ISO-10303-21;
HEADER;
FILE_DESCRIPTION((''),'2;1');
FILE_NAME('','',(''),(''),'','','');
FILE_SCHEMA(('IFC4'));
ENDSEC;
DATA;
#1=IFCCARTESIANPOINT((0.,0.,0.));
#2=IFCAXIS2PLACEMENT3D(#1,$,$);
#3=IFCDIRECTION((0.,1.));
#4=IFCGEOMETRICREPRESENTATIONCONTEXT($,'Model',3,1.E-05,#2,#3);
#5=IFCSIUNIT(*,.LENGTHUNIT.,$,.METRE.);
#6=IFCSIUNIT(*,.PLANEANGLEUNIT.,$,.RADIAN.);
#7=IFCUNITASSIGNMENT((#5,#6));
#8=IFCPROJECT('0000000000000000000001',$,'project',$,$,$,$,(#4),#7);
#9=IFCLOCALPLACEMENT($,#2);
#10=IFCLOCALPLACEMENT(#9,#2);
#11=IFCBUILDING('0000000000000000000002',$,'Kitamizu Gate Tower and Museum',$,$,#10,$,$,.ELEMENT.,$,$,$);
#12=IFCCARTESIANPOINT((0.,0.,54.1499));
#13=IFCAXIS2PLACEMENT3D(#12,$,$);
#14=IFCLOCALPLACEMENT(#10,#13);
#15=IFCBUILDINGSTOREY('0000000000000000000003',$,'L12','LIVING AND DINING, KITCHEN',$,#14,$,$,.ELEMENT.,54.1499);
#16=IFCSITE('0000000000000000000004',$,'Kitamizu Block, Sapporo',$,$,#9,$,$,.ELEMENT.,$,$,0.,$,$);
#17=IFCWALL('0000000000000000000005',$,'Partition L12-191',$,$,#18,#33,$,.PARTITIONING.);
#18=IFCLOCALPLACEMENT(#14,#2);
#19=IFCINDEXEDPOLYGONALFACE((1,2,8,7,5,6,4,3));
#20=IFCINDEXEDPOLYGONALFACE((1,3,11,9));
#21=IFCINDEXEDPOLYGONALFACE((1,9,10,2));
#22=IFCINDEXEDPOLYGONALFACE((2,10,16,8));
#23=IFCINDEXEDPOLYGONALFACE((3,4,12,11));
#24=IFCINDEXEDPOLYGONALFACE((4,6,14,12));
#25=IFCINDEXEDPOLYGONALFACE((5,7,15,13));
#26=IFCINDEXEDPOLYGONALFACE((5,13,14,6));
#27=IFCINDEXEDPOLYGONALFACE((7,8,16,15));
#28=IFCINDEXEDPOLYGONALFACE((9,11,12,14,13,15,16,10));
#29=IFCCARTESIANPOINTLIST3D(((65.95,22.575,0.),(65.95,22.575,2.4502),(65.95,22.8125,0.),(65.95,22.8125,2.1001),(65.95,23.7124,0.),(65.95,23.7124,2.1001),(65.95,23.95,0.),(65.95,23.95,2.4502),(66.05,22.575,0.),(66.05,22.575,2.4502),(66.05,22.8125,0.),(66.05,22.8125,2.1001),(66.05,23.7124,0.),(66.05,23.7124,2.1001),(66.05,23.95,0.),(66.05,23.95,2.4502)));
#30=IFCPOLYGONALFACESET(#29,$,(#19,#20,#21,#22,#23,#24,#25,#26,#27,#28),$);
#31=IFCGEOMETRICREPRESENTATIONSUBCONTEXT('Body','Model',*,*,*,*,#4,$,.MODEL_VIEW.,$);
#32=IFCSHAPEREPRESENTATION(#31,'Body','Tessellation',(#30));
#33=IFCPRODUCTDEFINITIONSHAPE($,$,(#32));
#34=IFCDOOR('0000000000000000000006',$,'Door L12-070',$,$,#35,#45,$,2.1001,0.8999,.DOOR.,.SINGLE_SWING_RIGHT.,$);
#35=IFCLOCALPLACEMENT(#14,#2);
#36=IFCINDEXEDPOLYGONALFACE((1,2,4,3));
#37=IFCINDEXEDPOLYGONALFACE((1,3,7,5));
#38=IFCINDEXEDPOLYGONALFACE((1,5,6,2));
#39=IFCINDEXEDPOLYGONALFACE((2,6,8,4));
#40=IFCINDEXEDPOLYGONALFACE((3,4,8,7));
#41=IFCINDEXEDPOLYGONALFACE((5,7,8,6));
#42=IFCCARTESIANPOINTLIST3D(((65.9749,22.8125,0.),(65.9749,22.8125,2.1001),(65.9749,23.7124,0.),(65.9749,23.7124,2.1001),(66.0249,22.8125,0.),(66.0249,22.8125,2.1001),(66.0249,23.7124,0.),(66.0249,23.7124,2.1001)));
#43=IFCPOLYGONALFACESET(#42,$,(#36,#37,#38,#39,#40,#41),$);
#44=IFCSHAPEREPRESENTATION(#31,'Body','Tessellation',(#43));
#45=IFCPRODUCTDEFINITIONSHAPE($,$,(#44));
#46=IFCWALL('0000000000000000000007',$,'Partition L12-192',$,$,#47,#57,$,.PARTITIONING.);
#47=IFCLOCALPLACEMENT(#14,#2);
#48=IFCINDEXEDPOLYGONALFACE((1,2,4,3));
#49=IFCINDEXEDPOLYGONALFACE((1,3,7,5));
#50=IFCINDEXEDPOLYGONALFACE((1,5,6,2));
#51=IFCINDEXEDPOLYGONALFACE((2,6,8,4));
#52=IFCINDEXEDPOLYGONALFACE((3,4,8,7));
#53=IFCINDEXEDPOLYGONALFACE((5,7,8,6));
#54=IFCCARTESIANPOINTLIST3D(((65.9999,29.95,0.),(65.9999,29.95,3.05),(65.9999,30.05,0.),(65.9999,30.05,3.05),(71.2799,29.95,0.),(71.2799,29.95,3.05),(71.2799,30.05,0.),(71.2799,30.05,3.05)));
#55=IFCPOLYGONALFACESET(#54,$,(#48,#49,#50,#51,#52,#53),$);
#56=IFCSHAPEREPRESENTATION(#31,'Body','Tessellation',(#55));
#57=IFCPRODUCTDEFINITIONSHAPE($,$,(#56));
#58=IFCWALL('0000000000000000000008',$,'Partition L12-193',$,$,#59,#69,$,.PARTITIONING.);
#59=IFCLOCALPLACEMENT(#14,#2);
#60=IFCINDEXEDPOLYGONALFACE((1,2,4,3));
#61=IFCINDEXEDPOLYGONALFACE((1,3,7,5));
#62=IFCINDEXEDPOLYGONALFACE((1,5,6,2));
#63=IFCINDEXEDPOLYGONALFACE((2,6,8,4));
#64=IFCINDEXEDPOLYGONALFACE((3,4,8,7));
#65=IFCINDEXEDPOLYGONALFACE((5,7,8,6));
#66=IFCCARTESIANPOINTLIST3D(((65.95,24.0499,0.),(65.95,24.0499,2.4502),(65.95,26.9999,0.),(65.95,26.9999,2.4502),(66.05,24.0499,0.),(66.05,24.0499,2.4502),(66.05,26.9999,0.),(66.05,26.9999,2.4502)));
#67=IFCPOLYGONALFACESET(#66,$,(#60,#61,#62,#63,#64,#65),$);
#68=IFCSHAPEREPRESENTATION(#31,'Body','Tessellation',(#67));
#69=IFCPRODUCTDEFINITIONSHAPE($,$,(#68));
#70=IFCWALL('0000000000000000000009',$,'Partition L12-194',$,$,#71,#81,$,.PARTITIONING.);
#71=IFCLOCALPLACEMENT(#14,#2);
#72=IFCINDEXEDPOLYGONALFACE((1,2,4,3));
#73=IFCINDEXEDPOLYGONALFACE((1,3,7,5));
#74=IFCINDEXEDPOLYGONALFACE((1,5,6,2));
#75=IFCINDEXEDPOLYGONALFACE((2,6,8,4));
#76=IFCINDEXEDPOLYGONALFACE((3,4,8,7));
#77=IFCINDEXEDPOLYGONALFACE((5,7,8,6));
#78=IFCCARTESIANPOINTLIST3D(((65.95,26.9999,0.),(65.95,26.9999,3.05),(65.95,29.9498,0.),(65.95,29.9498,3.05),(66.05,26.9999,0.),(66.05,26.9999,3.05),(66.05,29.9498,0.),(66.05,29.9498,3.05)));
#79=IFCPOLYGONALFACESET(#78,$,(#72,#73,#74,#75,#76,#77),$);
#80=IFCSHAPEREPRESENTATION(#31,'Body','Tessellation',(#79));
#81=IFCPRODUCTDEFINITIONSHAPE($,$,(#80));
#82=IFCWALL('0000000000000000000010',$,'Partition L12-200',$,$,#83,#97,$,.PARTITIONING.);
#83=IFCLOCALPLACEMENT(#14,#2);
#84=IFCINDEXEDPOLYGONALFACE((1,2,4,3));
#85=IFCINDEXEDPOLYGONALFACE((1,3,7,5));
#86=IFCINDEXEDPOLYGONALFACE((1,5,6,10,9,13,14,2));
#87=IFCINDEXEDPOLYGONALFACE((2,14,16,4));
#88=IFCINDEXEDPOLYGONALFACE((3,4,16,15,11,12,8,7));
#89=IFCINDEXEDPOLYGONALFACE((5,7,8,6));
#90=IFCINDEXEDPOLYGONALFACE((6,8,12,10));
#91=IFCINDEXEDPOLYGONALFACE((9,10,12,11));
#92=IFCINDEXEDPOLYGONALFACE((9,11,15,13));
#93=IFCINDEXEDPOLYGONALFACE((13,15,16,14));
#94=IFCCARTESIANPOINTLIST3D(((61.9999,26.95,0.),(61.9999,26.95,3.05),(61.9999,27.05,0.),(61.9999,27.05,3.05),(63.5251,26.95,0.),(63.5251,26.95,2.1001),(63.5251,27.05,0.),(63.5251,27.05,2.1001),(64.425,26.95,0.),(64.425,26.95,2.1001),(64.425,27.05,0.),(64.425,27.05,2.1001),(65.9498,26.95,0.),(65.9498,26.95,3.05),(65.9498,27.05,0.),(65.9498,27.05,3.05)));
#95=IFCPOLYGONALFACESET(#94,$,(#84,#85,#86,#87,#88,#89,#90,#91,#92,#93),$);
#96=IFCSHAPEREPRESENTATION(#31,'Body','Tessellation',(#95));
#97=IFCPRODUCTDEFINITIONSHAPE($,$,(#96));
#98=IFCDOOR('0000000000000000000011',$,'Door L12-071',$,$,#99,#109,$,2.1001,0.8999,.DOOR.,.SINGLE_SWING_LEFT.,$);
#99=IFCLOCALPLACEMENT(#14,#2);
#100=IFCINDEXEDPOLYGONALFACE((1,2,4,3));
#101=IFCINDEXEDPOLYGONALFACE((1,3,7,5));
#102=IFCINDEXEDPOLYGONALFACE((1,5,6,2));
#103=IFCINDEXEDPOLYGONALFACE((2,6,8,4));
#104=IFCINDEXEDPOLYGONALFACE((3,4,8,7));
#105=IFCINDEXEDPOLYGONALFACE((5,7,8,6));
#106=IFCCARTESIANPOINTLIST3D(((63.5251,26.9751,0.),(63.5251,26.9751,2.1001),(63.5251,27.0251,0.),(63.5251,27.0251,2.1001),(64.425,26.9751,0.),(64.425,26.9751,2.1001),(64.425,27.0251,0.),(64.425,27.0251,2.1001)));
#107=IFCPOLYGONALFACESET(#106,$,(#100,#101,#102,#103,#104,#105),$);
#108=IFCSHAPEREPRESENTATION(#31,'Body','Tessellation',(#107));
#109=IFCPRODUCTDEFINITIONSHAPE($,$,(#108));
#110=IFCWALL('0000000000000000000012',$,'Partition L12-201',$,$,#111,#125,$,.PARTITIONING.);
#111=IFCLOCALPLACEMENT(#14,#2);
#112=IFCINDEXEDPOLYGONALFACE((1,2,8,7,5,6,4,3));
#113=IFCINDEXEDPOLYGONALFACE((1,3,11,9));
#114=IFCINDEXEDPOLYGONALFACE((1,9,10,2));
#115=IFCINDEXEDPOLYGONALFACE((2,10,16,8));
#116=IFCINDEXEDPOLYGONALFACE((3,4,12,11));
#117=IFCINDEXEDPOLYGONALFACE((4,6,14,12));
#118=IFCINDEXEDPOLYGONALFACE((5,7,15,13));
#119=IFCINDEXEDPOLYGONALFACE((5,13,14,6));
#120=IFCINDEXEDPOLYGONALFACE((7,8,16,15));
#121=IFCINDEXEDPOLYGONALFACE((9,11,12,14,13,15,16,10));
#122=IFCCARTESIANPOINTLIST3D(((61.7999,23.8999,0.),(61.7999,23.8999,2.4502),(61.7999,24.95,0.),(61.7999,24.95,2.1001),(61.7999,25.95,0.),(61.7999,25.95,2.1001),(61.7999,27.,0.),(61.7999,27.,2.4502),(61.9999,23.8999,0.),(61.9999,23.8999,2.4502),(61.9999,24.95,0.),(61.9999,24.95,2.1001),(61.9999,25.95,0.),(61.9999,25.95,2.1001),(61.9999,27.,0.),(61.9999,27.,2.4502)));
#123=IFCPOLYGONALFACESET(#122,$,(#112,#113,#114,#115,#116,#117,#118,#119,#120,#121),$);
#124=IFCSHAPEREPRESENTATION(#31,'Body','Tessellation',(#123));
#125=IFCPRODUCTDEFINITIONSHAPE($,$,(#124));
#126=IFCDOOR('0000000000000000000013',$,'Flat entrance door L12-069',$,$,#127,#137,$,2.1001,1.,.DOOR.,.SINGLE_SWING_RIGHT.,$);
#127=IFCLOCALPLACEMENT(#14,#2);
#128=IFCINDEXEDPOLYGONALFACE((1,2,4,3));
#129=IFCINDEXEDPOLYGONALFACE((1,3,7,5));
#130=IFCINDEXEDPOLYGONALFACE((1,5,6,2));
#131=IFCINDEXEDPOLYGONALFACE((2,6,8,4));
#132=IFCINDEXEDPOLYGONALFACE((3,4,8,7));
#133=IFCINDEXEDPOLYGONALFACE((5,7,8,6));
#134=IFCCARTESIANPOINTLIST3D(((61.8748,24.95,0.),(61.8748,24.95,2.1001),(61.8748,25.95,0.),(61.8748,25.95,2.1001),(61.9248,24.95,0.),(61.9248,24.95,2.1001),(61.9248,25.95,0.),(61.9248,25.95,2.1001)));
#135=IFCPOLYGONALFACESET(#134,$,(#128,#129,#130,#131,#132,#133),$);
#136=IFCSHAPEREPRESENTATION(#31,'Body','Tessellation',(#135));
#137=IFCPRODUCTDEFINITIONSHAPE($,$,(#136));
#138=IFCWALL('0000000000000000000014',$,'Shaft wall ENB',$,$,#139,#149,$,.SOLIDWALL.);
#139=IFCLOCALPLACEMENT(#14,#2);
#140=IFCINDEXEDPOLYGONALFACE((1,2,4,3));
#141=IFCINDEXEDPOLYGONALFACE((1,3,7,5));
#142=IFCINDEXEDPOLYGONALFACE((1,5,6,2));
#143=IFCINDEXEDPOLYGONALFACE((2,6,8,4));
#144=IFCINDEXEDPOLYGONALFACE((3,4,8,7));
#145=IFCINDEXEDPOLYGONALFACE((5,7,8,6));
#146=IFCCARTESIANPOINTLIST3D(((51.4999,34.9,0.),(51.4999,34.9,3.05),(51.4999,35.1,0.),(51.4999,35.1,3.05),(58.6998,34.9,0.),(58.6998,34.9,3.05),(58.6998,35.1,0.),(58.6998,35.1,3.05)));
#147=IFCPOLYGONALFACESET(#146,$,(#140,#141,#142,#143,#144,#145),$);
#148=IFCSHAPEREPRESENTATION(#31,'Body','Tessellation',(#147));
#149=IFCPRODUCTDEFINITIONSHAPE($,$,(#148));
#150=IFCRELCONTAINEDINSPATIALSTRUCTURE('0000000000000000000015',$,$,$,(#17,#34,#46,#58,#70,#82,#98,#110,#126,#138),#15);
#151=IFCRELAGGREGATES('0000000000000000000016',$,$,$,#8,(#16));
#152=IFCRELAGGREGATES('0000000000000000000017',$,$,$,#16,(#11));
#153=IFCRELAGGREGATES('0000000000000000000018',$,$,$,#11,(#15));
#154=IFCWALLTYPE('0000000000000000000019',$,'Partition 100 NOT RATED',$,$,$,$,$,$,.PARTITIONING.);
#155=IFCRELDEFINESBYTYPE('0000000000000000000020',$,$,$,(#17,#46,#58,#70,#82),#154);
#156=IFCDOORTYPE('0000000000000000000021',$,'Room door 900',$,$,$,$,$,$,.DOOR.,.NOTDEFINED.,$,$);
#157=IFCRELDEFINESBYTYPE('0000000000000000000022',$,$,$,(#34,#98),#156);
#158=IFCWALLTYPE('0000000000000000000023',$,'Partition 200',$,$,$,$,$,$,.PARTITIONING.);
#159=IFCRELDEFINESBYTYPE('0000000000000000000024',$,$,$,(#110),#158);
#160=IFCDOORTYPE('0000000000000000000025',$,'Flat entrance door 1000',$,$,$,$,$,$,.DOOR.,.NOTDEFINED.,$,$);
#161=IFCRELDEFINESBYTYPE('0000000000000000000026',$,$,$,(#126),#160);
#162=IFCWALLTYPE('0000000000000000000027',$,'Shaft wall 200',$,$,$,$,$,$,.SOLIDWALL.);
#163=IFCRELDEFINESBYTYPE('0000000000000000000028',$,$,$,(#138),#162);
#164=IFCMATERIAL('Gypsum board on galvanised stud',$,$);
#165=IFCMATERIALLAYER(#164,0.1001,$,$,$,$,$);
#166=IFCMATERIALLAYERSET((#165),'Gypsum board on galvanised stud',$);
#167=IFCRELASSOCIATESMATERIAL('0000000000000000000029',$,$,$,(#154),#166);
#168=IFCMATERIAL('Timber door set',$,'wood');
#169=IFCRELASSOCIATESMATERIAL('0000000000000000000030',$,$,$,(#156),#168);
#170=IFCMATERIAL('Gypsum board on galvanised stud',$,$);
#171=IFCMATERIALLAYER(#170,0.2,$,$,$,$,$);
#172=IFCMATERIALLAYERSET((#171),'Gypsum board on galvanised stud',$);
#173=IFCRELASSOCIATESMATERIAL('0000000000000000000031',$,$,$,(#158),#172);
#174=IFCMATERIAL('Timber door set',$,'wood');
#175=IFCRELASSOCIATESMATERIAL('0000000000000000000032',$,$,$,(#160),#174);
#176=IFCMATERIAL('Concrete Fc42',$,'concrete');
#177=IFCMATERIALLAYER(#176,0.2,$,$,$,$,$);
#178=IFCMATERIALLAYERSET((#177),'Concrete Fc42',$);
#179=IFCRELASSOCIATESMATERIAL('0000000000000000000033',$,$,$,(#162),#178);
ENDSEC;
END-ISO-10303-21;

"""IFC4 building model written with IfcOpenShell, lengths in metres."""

from ifc_helpers import new_model, si_unit, direction, frame, frame_2d, origin, place, context, subcontext, project, spatial, rectangle, extrude, material, layer, layer_set, type_object, element, fill, save


model = new_model("IFC4")

# Units and contexts
model_context = context("Model", 3, precision=1e-05, world=origin(), true_north=direction((0.0, 1.0)))
body_context = subcontext(model_context, "Body", "Model", "MODEL_VIEW")
ifc_project = project(units=[si_unit("LENGTHUNIT", "METRE"), si_unit("PLANEANGLEUNIT", "RADIAN")], contexts=[model_context])

# Site, building, storey
site_placement = place(None, origin())
site = spatial("IfcSite", under=ifc_project, at=site_placement, Name="Kitamizu Block, Sapporo", CompositionType="ELEMENT", RefElevation=0.0)
building_placement = place(site_placement, origin())
building = spatial("IfcBuilding", under=site, at=building_placement, Name="Kitamizu Gate Tower and Museum", CompositionType="ELEMENT")
storey_placement = place(building_placement, frame((0.0, 0.0, 54.1499)))
storey = spatial("IfcBuildingStorey", under=building, at=storey_placement, Name="L12", Description="LIVING AND DINING, KITCHEN", CompositionType="ELEMENT", Elevation=54.1499)

# Wall, opening, door
ifc_material_1 = material(Name="Gypsum board on galvanised stud")
ifc_layer_1 = layer(ifc_material_1, 0.1001)
ifc_layer_set_1 = layer_set([ifc_layer_1], Name="Gypsum board on galvanised stud")
wall_type_1 = type_object("IfcWallType", Name="Partition 100 NOT RATED", PredefinedType="PARTITIONING", material=ifc_layer_set_1)
ifc_material_2 = material(Name="Timber door set", Category="wood")
door_type_1 = type_object("IfcDoorType", Name="Room door 900", OperationType="NOTDEFINED", PredefinedType="DOOR", material=ifc_material_2)
wall_1_placement = place(storey_placement, frame((66.0, 23.95, 0.0), z_axis=(0.0, 0.0, 1.0), x_axis=(0.0, -1.0, 0.0)))
wall_1 = element("IfcWall", 1, at=wall_1_placement, inside=storey, type_object=wall_type_1, Name="Partition L12-191", PredefinedType="PARTITIONING", context=body_context, shape_type="SweptSolid", body=[
    extrude(rectangle(XDim=1.375, YDim=0.1001, at=frame_2d((0.6875, 0.0))), origin(), (0.0, 0.0, 1.0), 2.4502),
])
opening_1_placement = place(wall_1_placement, frame((0.2375, 0.0, 0.0)))
opening_1 = element("IfcOpeningElement", 2, at=opening_1_placement, cuts=wall_1, PredefinedType="OPENING", context=body_context, shape_type="SweptSolid", body=[
    extrude(rectangle(XDim=0.8999, YDim=2.1001, at=frame_2d((0.45, 1.05))), frame((0.0, 0.0601, 0.0), z_axis=(0.0, -1.0, 0.0), x_axis=(1.0, 0.0, 0.0)), (0.0, 0.0, 1.0), 0.1201),
])
door_1_placement = place(opening_1_placement, origin())
door_1 = element("IfcDoor", 3, at=door_1_placement, inside=storey, type_object=door_type_1, Name="Door L12-070", OperationType="SINGLE_SWING_RIGHT", OverallHeight=2.1001, OverallWidth=0.8999, PredefinedType="DOOR", context=body_context, shape_type="SweptSolid", body=[
    extrude(rectangle(XDim=0.8999, YDim=2.1001, at=frame_2d((0.45, 1.05))), frame((0.0, 0.0249, 0.0), z_axis=(0.0, -1.0, 0.0), x_axis=(1.0, 0.0, 0.0)), (0.0, 0.0, 1.0), 0.05),
])
fill(opening_1, door_1)

# Walls
wall_2_placement = place(storey_placement, frame((71.28, 30.0, 0.0), z_axis=(0.0, 0.0, 1.0), x_axis=(-1.0, 0.0, 0.0)))
element("IfcWall", 4, at=wall_2_placement, inside=storey, type_object=wall_type_1, Name="Partition L12-192", PredefinedType="PARTITIONING", context=body_context, shape_type="SweptSolid", body=[
    extrude(rectangle(XDim=5.28, YDim=0.1001, at=frame_2d((2.6401, 0.0))), origin(), (0.0, 0.0, 1.0), 3.05),
])
wall_3_placement = place(storey_placement, frame((66.0, 27.0, 0.0), z_axis=(0.0, 0.0, 1.0), x_axis=(0.0, -1.0, 0.0)))
element("IfcWall", 5, at=wall_3_placement, inside=storey, type_object=wall_type_1, Name="Partition L12-193", PredefinedType="PARTITIONING", context=body_context, shape_type="SweptSolid", body=[
    extrude(rectangle(XDim=2.95, YDim=0.1001, at=frame_2d((1.4751, 0.0))), origin(), (0.0, 0.0, 1.0), 2.4502),
])
wall_4_placement = place(storey_placement, frame((66.0, 29.95, 0.0), z_axis=(0.0, 0.0, 1.0), x_axis=(0.0, -1.0, 0.0)))
element("IfcWall", 6, at=wall_4_placement, inside=storey, type_object=wall_type_1, Name="Partition L12-194", PredefinedType="PARTITIONING", context=body_context, shape_type="SweptSolid", body=[
    extrude(rectangle(XDim=2.95, YDim=0.1001, at=frame_2d((1.4751, 0.0))), origin(), (0.0, 0.0, 1.0), 3.05),
])

# Walls, openings, doors
wall_5_placement = place(storey_placement, frame((65.95, 27.0, 0.0), z_axis=(0.0, 0.0, 1.0), x_axis=(-1.0, 0.0, 0.0)))
wall_5 = element("IfcWall", 7, at=wall_5_placement, inside=storey, type_object=wall_type_1, Name="Partition L12-200", PredefinedType="PARTITIONING", context=body_context, shape_type="SweptSolid", body=[
    extrude(rectangle(XDim=3.95, YDim=0.1001, at=frame_2d((1.9751, 0.0))), origin(), (0.0, 0.0, 1.0), 3.05),
])
opening_2_placement = place(wall_5_placement, frame((1.5249, 0.0, 0.0)))
opening_2 = element("IfcOpeningElement", 8, at=opening_2_placement, cuts=wall_5, PredefinedType="OPENING", context=body_context, shape_type="SweptSolid", body=[
    extrude(rectangle(XDim=0.8999, YDim=2.1001, at=frame_2d((0.45, 1.05))), frame((0.0, 0.0601, 0.0), z_axis=(0.0, -1.0, 0.0), x_axis=(1.0, 0.0, 0.0)), (0.0, 0.0, 1.0), 0.1201),
])
door_2_placement = place(opening_2_placement, origin())
door_2 = element("IfcDoor", 9, at=door_2_placement, inside=storey, type_object=door_type_1, Name="Door L12-071", OperationType="SINGLE_SWING_LEFT", OverallHeight=2.1001, OverallWidth=0.8999, PredefinedType="DOOR", context=body_context, shape_type="SweptSolid", body=[
    extrude(rectangle(XDim=0.8999, YDim=2.1001, at=frame_2d((0.45, 1.05))), frame((0.0, 0.0249, 0.0), z_axis=(0.0, -1.0, 0.0), x_axis=(1.0, 0.0, 0.0)), (0.0, 0.0, 1.0), 0.05),
])
fill(opening_2, door_2)
ifc_material_3 = material(Name="Gypsum board on galvanised stud")
ifc_layer_2 = layer(ifc_material_3, 0.2)
ifc_layer_set_2 = layer_set([ifc_layer_2], Name="Gypsum board on galvanised stud")
wall_type_2 = type_object("IfcWallType", Name="Partition 200", PredefinedType="PARTITIONING", material=ifc_layer_set_2)
wall_6_placement = place(storey_placement, frame((61.8999, 27.0, 0.0), z_axis=(0.0, 0.0, 1.0), x_axis=(0.0, -1.0, 0.0)))
wall_6 = element("IfcWall", 10, at=wall_6_placement, inside=storey, type_object=wall_type_2, Name="Partition L12-201", PredefinedType="PARTITIONING", context=body_context, shape_type="SweptSolid", body=[
    extrude(rectangle(XDim=3.1001, YDim=0.2, at=frame_2d((1.55, 0.0))), origin(), (0.0, 0.0, 1.0), 2.4502),
])
opening_3_placement = place(wall_6_placement, frame((1.05, 0.0, 0.0)))
opening_3 = element("IfcOpeningElement", 11, at=opening_3_placement, cuts=wall_6, PredefinedType="OPENING", context=body_context, shape_type="SweptSolid", body=[
    extrude(rectangle(XDim=1.0, YDim=2.1001, at=frame_2d((0.5, 1.05))), frame((0.0, 0.1099, 0.0), z_axis=(0.0, -1.0, 0.0), x_axis=(1.0, 0.0, 0.0)), (0.0, 0.0, 1.0), 0.22),
])
ifc_material_4 = material(Name="Timber door set", Category="wood")
door_type_2 = type_object("IfcDoorType", Name="Flat entrance door 1000", OperationType="NOTDEFINED", PredefinedType="DOOR", material=ifc_material_4)
door_3_placement = place(opening_3_placement, origin())
door_3 = element("IfcDoor", 12, at=door_3_placement, inside=storey, type_object=door_type_2, Name="Flat entrance door L12-069", OperationType="SINGLE_SWING_RIGHT", OverallHeight=2.1001, OverallWidth=1.0, PredefinedType="DOOR", context=body_context, shape_type="SweptSolid", body=[
    extrude(rectangle(XDim=1.0, YDim=2.1001, at=frame_2d((0.5, 1.05))), frame((0.0, 0.0249, 0.0), z_axis=(0.0, -1.0, 0.0), x_axis=(1.0, 0.0, 0.0)), (0.0, 0.0, 1.0), 0.05),
])
fill(opening_3, door_3)

# Wall
ifc_material_5 = material(Name="Concrete Fc42", Category="concrete")
ifc_layer_3 = layer(ifc_material_5, 0.2)
ifc_layer_set_3 = layer_set([ifc_layer_3], Name="Concrete Fc42")
wall_type_3 = type_object("IfcWallType", Name="Shaft wall 200", PredefinedType="SOLIDWALL", material=ifc_layer_set_3)
wall_7_placement = place(storey_placement, frame((58.7, 35.0, 0.0), z_axis=(0.0, 0.0, 1.0), x_axis=(-1.0, 0.0, 0.0)))
element("IfcWall", 13, at=wall_7_placement, inside=storey, type_object=wall_type_3, Name="Shaft wall ENB", PredefinedType="SOLIDWALL", context=body_context, shape_type="SweptSolid", body=[
    extrude(rectangle(XDim=7.2, YDim=0.2, at=frame_2d((3.6001, 0.0))), origin(), (0.0, 0.0, 1.0), 3.05),
])

save(model, "model.ifc")
